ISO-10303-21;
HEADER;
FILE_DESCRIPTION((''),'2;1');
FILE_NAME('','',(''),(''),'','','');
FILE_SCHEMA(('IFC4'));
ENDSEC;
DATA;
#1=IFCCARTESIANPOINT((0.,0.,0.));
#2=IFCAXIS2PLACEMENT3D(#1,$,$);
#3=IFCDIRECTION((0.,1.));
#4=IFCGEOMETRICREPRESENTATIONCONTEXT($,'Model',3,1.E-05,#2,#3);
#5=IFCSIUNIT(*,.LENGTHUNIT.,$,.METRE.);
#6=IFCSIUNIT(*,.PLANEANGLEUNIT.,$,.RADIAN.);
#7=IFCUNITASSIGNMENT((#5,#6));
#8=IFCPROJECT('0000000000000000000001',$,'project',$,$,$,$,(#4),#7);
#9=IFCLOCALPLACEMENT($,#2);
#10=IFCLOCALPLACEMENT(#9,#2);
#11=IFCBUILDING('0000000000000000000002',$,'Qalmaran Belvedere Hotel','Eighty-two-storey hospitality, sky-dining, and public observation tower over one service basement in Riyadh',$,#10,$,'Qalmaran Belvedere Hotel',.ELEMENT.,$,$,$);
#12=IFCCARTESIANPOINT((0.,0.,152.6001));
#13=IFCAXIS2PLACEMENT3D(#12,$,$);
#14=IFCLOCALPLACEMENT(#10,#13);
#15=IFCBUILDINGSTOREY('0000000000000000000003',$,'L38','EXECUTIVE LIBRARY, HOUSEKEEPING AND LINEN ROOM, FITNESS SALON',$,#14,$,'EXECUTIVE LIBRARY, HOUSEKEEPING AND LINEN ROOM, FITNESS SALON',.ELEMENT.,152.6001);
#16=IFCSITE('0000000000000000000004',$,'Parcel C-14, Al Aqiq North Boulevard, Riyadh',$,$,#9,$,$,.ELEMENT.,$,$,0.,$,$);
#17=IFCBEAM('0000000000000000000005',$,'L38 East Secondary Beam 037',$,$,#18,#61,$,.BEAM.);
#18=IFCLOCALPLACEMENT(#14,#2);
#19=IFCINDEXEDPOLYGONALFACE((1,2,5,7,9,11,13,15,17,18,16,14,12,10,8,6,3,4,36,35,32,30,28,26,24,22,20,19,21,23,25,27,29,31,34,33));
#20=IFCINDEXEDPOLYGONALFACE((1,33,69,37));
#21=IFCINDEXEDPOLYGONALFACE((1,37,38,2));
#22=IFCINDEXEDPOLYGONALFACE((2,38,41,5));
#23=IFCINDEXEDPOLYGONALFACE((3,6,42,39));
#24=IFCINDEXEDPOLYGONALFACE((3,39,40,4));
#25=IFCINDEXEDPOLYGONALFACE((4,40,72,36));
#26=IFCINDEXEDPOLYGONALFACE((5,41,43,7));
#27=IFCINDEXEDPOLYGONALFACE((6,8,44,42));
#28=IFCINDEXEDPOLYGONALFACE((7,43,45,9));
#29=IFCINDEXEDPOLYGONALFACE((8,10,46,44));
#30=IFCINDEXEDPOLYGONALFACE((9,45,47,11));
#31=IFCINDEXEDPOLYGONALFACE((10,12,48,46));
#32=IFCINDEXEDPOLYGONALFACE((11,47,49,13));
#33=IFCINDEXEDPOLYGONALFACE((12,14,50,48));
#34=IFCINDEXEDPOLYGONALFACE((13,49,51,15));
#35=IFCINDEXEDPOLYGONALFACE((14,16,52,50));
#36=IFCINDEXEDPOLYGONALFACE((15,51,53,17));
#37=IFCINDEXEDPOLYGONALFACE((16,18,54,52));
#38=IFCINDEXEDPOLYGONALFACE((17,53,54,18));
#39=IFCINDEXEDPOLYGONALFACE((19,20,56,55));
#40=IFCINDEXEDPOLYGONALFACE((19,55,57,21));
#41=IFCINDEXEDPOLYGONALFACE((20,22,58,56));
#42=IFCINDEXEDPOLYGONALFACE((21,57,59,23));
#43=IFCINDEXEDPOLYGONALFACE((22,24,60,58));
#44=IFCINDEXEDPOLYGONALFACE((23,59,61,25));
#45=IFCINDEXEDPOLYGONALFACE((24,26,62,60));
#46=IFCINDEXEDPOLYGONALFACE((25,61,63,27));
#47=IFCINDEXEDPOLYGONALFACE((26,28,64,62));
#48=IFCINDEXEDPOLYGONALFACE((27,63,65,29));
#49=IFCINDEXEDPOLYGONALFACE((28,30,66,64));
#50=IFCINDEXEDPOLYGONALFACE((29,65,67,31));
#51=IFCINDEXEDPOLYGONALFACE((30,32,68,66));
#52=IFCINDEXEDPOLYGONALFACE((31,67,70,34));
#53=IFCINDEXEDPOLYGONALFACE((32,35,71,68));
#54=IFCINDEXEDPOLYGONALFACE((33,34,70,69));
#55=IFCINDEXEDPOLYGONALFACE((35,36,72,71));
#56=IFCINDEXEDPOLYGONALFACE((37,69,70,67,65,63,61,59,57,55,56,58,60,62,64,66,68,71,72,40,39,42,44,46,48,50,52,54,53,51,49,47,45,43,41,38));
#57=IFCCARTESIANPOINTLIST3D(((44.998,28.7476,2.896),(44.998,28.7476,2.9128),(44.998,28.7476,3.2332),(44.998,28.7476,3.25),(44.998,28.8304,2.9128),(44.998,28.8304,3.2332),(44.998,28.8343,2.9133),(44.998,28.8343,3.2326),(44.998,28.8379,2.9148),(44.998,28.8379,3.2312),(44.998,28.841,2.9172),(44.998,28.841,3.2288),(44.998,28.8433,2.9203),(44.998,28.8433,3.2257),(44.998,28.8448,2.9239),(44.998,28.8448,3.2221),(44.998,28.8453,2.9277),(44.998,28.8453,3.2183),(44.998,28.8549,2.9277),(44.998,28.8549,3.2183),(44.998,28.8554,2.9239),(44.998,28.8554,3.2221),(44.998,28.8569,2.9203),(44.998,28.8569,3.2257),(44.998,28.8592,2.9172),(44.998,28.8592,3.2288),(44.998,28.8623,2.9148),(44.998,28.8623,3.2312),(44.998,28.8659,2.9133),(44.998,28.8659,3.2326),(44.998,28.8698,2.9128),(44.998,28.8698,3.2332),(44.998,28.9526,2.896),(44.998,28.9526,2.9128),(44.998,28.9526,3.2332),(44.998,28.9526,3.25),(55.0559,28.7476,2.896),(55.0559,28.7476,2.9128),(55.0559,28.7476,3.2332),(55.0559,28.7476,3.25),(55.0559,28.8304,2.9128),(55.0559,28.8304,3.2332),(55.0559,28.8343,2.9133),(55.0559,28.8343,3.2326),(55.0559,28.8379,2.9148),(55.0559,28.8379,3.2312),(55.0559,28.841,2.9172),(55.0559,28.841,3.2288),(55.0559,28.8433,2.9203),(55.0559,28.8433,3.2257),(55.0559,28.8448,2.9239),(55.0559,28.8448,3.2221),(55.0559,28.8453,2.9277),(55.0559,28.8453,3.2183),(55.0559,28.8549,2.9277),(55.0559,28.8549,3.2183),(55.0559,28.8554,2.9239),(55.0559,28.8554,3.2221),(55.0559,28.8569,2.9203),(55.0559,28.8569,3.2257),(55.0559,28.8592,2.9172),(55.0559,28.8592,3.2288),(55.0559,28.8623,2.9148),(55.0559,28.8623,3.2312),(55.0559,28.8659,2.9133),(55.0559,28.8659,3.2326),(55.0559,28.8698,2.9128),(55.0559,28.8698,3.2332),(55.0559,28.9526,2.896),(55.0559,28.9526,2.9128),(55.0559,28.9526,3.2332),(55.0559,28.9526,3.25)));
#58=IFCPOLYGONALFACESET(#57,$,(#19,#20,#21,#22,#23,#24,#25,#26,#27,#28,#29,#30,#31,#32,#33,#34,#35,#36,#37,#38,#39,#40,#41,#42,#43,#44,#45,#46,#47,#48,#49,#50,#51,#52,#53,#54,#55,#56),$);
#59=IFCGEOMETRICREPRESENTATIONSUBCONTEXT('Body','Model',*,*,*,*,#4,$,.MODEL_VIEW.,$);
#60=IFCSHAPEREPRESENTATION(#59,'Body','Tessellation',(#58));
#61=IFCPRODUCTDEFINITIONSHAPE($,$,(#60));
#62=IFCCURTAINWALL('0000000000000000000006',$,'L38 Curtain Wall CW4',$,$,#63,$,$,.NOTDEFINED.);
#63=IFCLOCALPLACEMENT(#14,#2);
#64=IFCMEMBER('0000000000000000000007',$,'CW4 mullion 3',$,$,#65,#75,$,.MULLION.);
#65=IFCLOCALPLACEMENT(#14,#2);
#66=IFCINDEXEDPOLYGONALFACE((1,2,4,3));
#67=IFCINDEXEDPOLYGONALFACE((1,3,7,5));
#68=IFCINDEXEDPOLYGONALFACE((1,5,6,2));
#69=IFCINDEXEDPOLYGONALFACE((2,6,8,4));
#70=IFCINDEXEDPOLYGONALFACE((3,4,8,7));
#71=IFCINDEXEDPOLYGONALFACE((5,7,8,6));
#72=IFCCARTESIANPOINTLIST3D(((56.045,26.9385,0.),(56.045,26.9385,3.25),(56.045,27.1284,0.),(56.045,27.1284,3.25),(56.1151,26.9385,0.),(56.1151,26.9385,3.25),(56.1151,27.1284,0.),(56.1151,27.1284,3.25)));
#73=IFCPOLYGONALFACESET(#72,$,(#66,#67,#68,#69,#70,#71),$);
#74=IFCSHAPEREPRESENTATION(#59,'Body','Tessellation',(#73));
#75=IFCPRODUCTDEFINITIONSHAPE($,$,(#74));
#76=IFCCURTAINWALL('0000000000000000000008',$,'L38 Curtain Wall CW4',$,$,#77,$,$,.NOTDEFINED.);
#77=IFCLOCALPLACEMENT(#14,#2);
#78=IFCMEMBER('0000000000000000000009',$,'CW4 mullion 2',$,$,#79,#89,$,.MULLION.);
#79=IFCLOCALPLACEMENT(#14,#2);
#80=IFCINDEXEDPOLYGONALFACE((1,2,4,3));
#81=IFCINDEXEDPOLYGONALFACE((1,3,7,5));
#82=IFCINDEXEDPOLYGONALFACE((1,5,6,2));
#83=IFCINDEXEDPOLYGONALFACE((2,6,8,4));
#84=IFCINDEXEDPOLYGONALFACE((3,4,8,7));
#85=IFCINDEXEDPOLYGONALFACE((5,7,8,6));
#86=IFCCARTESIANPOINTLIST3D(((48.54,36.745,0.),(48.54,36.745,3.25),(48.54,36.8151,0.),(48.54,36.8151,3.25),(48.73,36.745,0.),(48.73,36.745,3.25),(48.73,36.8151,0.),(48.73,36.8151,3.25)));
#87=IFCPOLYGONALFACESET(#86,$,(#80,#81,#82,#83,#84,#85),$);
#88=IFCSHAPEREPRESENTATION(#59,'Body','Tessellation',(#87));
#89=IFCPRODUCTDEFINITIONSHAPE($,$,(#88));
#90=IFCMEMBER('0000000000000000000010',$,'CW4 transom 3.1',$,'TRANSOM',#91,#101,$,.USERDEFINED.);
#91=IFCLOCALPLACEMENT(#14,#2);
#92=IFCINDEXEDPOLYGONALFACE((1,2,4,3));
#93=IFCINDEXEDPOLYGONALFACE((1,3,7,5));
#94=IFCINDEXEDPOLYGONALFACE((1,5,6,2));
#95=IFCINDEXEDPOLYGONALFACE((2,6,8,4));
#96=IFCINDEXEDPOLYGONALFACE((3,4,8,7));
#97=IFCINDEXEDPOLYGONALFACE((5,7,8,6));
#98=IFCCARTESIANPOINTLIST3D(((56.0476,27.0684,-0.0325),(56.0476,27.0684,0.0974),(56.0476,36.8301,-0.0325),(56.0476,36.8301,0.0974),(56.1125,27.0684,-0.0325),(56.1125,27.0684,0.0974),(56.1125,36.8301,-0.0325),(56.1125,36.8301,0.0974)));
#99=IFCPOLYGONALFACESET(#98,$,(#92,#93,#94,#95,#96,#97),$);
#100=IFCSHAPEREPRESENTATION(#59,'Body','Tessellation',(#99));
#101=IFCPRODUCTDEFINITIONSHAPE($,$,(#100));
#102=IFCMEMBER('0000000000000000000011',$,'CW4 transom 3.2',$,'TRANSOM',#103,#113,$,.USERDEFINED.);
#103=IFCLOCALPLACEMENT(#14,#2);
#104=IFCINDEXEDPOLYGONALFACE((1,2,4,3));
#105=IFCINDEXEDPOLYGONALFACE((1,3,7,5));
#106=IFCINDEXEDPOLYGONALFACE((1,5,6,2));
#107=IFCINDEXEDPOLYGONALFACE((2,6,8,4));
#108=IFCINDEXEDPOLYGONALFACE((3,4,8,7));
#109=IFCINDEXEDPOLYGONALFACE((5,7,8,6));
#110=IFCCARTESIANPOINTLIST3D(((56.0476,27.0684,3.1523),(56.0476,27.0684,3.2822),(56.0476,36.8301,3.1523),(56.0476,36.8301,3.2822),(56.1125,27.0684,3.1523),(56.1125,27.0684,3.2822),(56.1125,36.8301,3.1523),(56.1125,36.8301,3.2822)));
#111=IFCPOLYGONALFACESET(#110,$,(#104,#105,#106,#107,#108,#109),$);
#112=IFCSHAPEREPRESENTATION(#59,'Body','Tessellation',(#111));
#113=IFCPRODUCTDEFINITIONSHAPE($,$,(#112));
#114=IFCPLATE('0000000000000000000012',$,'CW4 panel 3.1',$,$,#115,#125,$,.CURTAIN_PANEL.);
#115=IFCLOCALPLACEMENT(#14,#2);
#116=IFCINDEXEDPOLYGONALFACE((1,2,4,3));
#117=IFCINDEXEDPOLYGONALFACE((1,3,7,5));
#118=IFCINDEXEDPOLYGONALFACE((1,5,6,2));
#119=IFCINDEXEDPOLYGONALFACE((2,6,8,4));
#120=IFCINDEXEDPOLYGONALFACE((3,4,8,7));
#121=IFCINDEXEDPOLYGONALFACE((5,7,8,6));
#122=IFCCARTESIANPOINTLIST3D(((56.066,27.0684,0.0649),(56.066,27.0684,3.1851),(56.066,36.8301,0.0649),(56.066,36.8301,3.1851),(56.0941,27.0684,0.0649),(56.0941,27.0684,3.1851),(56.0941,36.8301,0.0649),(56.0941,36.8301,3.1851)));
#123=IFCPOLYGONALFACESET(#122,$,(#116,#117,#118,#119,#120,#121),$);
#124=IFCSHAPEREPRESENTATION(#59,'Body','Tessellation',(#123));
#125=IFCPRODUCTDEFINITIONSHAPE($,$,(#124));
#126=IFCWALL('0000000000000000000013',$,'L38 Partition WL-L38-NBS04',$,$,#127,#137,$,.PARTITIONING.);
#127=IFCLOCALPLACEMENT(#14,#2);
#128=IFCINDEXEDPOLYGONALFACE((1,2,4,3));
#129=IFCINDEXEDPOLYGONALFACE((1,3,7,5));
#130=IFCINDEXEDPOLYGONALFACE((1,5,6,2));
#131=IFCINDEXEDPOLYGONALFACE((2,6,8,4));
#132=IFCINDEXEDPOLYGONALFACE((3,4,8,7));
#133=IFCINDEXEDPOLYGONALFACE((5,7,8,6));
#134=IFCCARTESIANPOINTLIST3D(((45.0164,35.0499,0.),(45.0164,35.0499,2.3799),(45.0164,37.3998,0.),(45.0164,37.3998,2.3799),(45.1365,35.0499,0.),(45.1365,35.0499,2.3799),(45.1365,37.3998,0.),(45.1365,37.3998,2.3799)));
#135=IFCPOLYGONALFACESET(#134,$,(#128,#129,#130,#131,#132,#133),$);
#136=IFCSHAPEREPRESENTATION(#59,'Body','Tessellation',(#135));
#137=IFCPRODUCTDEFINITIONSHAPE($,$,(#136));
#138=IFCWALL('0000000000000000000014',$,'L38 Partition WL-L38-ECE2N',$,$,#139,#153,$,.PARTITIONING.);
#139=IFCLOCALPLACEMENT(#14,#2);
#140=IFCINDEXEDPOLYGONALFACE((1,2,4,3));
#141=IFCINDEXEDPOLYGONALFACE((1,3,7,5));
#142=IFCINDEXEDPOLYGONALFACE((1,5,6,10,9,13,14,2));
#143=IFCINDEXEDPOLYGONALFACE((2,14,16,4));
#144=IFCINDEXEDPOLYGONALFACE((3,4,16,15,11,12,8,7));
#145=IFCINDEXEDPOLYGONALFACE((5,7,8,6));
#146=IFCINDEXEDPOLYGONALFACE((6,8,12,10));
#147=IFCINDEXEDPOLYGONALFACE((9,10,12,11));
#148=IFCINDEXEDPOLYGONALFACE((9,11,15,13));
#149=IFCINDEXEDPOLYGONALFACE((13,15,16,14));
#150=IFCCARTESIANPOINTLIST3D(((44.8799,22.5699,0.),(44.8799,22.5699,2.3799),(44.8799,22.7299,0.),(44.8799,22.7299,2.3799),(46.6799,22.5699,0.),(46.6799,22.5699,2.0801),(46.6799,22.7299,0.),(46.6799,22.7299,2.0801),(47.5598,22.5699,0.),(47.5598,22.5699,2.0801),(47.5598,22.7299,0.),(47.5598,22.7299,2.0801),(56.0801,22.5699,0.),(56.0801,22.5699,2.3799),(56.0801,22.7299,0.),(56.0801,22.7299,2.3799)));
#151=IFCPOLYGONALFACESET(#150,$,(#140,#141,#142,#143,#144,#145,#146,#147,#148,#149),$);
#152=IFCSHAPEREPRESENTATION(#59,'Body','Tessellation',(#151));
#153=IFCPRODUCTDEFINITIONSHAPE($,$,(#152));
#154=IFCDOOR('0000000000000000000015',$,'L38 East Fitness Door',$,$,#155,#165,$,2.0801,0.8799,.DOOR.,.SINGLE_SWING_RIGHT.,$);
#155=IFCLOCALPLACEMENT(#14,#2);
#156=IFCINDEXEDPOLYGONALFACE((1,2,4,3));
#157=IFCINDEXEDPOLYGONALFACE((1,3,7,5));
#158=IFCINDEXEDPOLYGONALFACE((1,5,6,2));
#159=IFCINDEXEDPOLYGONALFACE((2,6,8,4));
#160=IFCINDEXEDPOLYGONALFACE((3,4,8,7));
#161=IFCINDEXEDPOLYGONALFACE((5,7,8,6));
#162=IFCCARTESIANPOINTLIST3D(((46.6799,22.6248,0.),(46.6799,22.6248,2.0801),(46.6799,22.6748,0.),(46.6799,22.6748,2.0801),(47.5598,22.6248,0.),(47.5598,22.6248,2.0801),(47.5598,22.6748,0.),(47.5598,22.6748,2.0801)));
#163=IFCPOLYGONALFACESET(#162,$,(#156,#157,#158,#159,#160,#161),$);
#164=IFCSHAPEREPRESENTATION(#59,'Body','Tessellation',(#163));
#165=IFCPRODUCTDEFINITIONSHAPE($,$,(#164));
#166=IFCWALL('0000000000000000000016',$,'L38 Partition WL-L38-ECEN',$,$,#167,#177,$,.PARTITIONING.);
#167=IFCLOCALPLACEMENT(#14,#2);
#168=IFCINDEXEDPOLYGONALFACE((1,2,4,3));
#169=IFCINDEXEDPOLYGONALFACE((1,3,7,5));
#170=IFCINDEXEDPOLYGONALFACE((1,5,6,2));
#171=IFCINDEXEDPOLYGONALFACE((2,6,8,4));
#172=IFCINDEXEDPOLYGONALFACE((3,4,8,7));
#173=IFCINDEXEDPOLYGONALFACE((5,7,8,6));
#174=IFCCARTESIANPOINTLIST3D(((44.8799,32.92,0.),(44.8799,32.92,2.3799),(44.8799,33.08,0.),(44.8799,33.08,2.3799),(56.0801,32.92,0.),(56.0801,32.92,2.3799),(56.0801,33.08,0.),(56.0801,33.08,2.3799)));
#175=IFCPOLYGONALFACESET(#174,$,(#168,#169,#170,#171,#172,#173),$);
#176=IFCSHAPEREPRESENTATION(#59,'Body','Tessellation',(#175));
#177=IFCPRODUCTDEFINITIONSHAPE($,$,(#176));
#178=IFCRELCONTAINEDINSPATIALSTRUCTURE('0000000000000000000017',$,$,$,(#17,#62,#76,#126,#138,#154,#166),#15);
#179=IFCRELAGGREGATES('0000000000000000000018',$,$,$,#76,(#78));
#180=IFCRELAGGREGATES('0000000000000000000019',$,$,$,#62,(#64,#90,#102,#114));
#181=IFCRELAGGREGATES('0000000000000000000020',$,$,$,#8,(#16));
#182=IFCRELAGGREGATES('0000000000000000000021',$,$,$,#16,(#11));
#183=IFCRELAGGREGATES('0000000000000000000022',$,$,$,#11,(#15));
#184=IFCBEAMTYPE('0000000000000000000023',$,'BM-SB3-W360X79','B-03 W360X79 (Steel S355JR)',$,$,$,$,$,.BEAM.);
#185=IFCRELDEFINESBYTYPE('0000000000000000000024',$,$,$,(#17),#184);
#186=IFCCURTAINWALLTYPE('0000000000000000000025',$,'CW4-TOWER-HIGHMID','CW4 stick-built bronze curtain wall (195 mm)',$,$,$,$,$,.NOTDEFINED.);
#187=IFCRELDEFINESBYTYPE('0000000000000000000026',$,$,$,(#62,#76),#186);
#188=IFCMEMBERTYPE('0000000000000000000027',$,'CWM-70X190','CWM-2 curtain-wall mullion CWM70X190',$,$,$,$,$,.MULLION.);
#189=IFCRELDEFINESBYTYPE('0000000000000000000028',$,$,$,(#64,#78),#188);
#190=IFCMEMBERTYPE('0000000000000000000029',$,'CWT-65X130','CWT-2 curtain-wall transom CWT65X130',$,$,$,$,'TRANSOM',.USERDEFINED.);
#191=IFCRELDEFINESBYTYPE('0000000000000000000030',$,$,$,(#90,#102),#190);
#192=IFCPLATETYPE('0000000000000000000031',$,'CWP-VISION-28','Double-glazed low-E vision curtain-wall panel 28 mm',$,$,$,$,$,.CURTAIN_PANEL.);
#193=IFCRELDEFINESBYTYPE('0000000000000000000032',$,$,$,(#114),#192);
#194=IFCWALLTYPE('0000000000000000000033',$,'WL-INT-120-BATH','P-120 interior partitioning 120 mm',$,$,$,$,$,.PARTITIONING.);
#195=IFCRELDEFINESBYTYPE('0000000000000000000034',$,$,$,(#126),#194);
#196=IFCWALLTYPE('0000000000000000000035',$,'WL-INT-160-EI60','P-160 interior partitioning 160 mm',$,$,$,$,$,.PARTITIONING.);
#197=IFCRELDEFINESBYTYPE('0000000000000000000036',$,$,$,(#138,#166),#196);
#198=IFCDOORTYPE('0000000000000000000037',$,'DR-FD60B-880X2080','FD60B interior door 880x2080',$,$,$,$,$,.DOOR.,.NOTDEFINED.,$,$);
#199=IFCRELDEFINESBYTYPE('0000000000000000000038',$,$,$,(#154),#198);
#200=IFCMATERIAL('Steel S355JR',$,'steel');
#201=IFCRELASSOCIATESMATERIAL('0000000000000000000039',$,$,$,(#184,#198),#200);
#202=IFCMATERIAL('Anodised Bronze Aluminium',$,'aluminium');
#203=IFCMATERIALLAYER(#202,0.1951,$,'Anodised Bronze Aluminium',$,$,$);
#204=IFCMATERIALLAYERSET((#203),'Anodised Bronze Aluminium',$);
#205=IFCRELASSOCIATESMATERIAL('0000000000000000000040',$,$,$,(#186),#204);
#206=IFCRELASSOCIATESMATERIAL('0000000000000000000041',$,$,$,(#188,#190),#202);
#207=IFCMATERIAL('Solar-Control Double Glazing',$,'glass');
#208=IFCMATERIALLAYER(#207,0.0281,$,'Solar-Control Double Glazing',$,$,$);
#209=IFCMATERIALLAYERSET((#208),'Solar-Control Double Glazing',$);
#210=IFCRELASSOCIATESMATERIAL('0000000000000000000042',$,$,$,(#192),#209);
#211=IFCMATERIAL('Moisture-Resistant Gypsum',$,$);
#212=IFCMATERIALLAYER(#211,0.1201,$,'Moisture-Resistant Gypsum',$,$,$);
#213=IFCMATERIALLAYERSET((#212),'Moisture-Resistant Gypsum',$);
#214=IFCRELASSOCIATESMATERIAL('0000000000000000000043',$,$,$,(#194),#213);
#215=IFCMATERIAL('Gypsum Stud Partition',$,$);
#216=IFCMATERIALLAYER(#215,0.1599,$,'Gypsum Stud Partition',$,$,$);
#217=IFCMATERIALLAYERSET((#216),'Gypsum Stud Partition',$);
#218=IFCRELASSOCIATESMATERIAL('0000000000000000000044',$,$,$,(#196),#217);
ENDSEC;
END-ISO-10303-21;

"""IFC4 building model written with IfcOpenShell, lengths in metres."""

from ifc_helpers import new_model, si_unit, direction, frame, frame_2d, origin, origin_2d, place, context, subcontext, project, spatial, rectangle, i_section, extrude, material, layer, layer_set, material_profile, profile_set, type_object, element, fill, aggregate, save


model = new_model("IFC4")

# Units and contexts
model_context = context("Model", 3, precision=1e-05, world=origin(), true_north=direction((0.0, 1.0)))
body_context = subcontext(model_context, "Body", "Model", "MODEL_VIEW")
ifc_project = project(units=[si_unit("LENGTHUNIT", "METRE"), si_unit("PLANEANGLEUNIT", "RADIAN")], contexts=[model_context])

# Site, building, storey
site_placement = place(None, origin())
site = spatial("IfcSite", under=ifc_project, at=site_placement, Name="Parcel C-14, Al Aqiq North Boulevard, Riyadh", CompositionType="ELEMENT", RefElevation=0.0)
building_placement = place(site_placement, origin())
building = spatial("IfcBuilding", under=site, at=building_placement, Name="Qalmaran Belvedere Hotel", Description="Eighty-two-storey hospitality, sky-dining, and public observation tower over one service basement in Riyadh", LongName="Qalmaran Belvedere Hotel", CompositionType="ELEMENT")
storey_placement = place(building_placement, frame((0.0, 0.0, 152.6001)))
storey = spatial("IfcBuildingStorey", under=building, at=storey_placement, Name="L38", Description="EXECUTIVE LIBRARY, HOUSEKEEPING AND LINEN ROOM, FITNESS SALON", LongName="EXECUTIVE LIBRARY, HOUSEKEEPING AND LINEN ROOM, FITNESS SALON", CompositionType="ELEMENT", Elevation=152.6001)

# Beam
ifc_material_1 = material(Name="Steel S355JR", Category="steel")
ifc_material_profile_1 = material_profile(ifc_material_1, i_section(OverallWidth=0.2051, OverallDepth=0.354, WebThickness=0.0095, FlangeThickness=0.0168, FilletRadius=0.0149, at=origin_2d()), Name="W360X79")
ifc_profile_set_1 = profile_set([ifc_material_profile_1], Name="Steel S355JR")
beam_type_1 = type_object("IfcBeamType", Name="BM-SB3-W360X79", Description="B-03 W360X79 (Steel S355JR)", PredefinedType="BEAM", material=ifc_profile_set_1)
for number, where, z_axis, x_axis, name in (
    (1, (44.998, 28.8501, 3.073), (1.0, 0.0, 0.0), (0.0, 1.0, 0.0), "L38 East Secondary Beam 037"),
):
    element("IfcBeam", number, at=place(storey_placement, frame(where, z_axis=z_axis, x_axis=x_axis)), inside=storey, type_object=beam_type_1, Name=name, PredefinedType="BEAM", context=body_context, shape_type="SweptSolid", body=[
        extrude(i_section(OverallWidth=0.2051, OverallDepth=0.354, WebThickness=0.0095, FlangeThickness=0.0168, FilletRadius=0.0149, at=origin_2d()), origin(), (0.0, 0.0, 1.0), 10.0579),
    ])

# Curtain walls, members
ifc_material_2 = material(Name="Anodised Bronze Aluminium", Category="aluminium")
ifc_layer_1 = layer(ifc_material_2, 0.1951, Name="Anodised Bronze Aluminium")
ifc_layer_set_1 = layer_set([ifc_layer_1], Name="Anodised Bronze Aluminium")
curtain_wall_type = type_object("IfcCurtainWallType", Name="CW4-TOWER-HIGHMID", Description="CW4 stick-built bronze curtain wall (195 mm)", PredefinedType="NOTDEFINED", material=ifc_layer_set_1)
curtain_wall_1_placement = place(storey_placement, origin())
curtain_wall_1 = element("IfcCurtainWall", 2, at=curtain_wall_1_placement, inside=storey, type_object=curtain_wall_type, Name="L38 Curtain Wall CW4", PredefinedType="NOTDEFINED")
ifc_material_profile_2 = material_profile(ifc_material_2, rectangle(XDim=0.0701, YDim=0.1899, at=origin_2d()), Name="CWM70X190")
ifc_profile_set_2 = profile_set([ifc_material_profile_2], Name="Anodised Bronze Aluminium")
member_type_1 = type_object("IfcMemberType", Name="CWM-70X190", Description="CWM-2 curtain-wall mullion CWM70X190", PredefinedType="MULLION", material=ifc_profile_set_2)
member_1_placement = place(storey_placement, frame((56.0801, 27.0334, 0.0), z_axis=(0.0, 0.0, 1.0), x_axis=(-1.0, 0.0, 0.0)))
member_1 = element("IfcMember", 3, at=member_1_placement, type_object=member_type_1, Name="CW4 mullion 3", PredefinedType="MULLION", context=body_context, shape_type="SweptSolid", body=[
    extrude(rectangle(XDim=0.0701, YDim=0.1899, at=origin_2d()), origin(), (0.0, 0.0, 1.0), 3.25),
])
curtain_wall_2_placement = place(storey_placement, origin())
curtain_wall_2 = element("IfcCurtainWall", 4, at=curtain_wall_2_placement, inside=storey, type_object=curtain_wall_type, Name="L38 Curtain Wall CW4", PredefinedType="NOTDEFINED")
member_2_placement = place(storey_placement, frame((48.635, 36.78, 0.0), z_axis=(0.0, 0.0, 1.0), x_axis=(0.0, -1.0, 0.0)))
member_2 = element("IfcMember", 5, at=member_2_placement, type_object=member_type_1, Name="CW4 mullion 2", PredefinedType="MULLION", context=body_context, shape_type="SweptSolid", body=[
    extrude(rectangle(XDim=0.0701, YDim=0.1899, at=origin_2d()), origin(), (0.0, 0.0, 1.0), 3.25),
])
aggregate(curtain_wall_2, [member_2])

# Members
ifc_material_profile_3 = material_profile(ifc_material_2, rectangle(XDim=0.0649, YDim=0.1299, at=origin_2d()), Name="CWT65X130")
ifc_profile_set_3 = profile_set([ifc_material_profile_3], Name="Anodised Bronze Aluminium")
member_type_2 = type_object("IfcMemberType", Name="CWT-65X130", Description="CWT-2 curtain-wall transom CWT65X130", ElementType="TRANSOM", PredefinedType="USERDEFINED", material=ifc_profile_set_3)
member_3_placement = place(storey_placement, frame((56.0801, 27.0684, 0.0325), z_axis=(0.0, 1.0, 0.0), x_axis=(-1.0, 0.0, 0.0)))
member_3 = element("IfcMember", 6, at=member_3_placement, type_object=member_type_2, Name="CW4 transom 3.1", ObjectType="TRANSOM", PredefinedType="USERDEFINED", context=body_context, shape_type="SweptSolid", body=[
    extrude(rectangle(XDim=0.0649, YDim=0.1299, at=origin_2d()), origin(), (0.0, 0.0, 1.0), 9.7617),
])
member_4_placement = place(storey_placement, frame((56.0801, 27.0684, 3.2173), z_axis=(0.0, 1.0, 0.0), x_axis=(-1.0, 0.0, 0.0)))
member_4 = element("IfcMember", 7, at=member_4_placement, type_object=member_type_2, Name="CW4 transom 3.2", ObjectType="TRANSOM", PredefinedType="USERDEFINED", context=body_context, shape_type="SweptSolid", body=[
    extrude(rectangle(XDim=0.0649, YDim=0.1299, at=origin_2d()), origin(), (0.0, 0.0, 1.0), 9.7617),
])

# Plate
ifc_material_3 = material(Name="Solar-Control Double Glazing", Category="glass")
ifc_layer_2 = layer(ifc_material_3, 0.0281, Name="Solar-Control Double Glazing")
ifc_layer_set_2 = layer_set([ifc_layer_2], Name="Solar-Control Double Glazing")
plate_type = type_object("IfcPlateType", Name="CWP-VISION-28", Description="Double-glazed low-E vision curtain-wall panel 28 mm", PredefinedType="CURTAIN_PANEL", material=ifc_layer_set_2)
plate_placement = place(storey_placement, frame((56.0801, 31.9492, 0.0649), z_axis=(0.0, 0.0, 1.0), x_axis=(0.0, 1.0, 0.0)))
plate = element("IfcPlate", 8, at=plate_placement, type_object=plate_type, Name="CW4 panel 3.1", PredefinedType="CURTAIN_PANEL", context=body_context, shape_type="SweptSolid", body=[
    extrude(rectangle(XDim=9.7617, YDim=0.0281, at=origin_2d()), origin(), (0.0, 0.0, 1.0), 3.1201),
])
aggregate(curtain_wall_1, [member_1, member_3, member_4, plate])

# Wall
ifc_material_4 = material(Name="Moisture-Resistant Gypsum")
ifc_layer_3 = layer(ifc_material_4, 0.1201, Name="Moisture-Resistant Gypsum")
ifc_layer_set_3 = layer_set([ifc_layer_3], Name="Moisture-Resistant Gypsum")
wall_type_1 = type_object("IfcWallType", Name="WL-INT-120-BATH", Description="P-120 interior partitioning 120 mm", PredefinedType="PARTITIONING", material=ifc_layer_set_3)
wall_1_placement = place(storey_placement, frame((45.0764, 35.05, 0.0), z_axis=(0.0, 0.0, 1.0), x_axis=(0.0, 1.0, 0.0)))
element("IfcWall", 9, at=wall_1_placement, inside=storey, type_object=wall_type_1, Name="L38 Partition WL-L38-NBS04", PredefinedType="PARTITIONING", context=body_context, shape_type="SweptSolid", body=[
    extrude(rectangle(XDim=2.3499, YDim=0.1201, at=frame_2d((1.1748, 0.0))), origin(), (0.0, 0.0, 1.0), 2.3799),
])

# Wall, opening, door
ifc_material_5 = material(Name="Gypsum Stud Partition")
ifc_layer_4 = layer(ifc_material_5, 0.1599, Name="Gypsum Stud Partition")
ifc_layer_set_4 = layer_set([ifc_layer_4], Name="Gypsum Stud Partition")
wall_type_2 = type_object("IfcWallType", Name="WL-INT-160-EI60", Description="P-160 interior partitioning 160 mm", PredefinedType="PARTITIONING", material=ifc_layer_set_4)
wall_2_placement = place(storey_placement, frame((44.8799, 22.6499, 0.0), z_axis=(0.0, 0.0, 1.0), x_axis=(1.0, 0.0, 0.0)))
wall_2 = element("IfcWall", 10, at=wall_2_placement, inside=storey, type_object=wall_type_2, Name="L38 Partition WL-L38-ECE2N", PredefinedType="PARTITIONING", context=body_context, shape_type="SweptSolid", body=[
    extrude(rectangle(XDim=11.2002, YDim=0.1599, at=frame_2d((5.6001, 0.0))), origin(), (0.0, 0.0, 1.0), 2.3799),
])
opening_1_placement = place(wall_2_placement, frame((1.8, 0.0, 0.0)))
opening_1 = element("IfcOpeningElement", 11, at=opening_1_placement, cuts=wall_2, PredefinedType="OPENING", context=body_context, shape_type="SweptSolid", body=[
    extrude(rectangle(XDim=0.8799, YDim=2.0801, at=frame_2d((0.4399, 1.04))), frame((0.0, 0.0898, 0.0), z_axis=(0.0, -1.0, 0.0), x_axis=(1.0, 0.0, 0.0)), (0.0, 0.0, 1.0), 0.1799),
])
door_type_1 = type_object("IfcDoorType", Name="DR-FD60B-880X2080", Description="FD60B interior door 880x2080", OperationType="NOTDEFINED", PredefinedType="DOOR", material=ifc_material_1)
door_1_placement = place(opening_1_placement, origin())
door_1 = element("IfcDoor", 12, at=door_1_placement, inside=storey, type_object=door_type_1, Name="L38 East Fitness Door", OperationType="SINGLE_SWING_RIGHT", OverallHeight=2.0801, OverallWidth=0.8799, PredefinedType="DOOR", context=body_context, shape_type="SweptSolid", body=[
    extrude(rectangle(XDim=0.8799, YDim=2.0801, at=frame_2d((0.4399, 1.04))), frame((0.0, 0.0249, 0.0), z_axis=(0.0, -1.0, 0.0), x_axis=(1.0, 0.0, 0.0)), (0.0, 0.0, 1.0), 0.05),
])
fill(opening_1, door_1)

# Wall
wall_3_placement = place(storey_placement, frame((44.8799, 33.0, 0.0), z_axis=(0.0, 0.0, 1.0), x_axis=(1.0, 0.0, 0.0)))
element("IfcWall", 13, at=wall_3_placement, inside=storey, type_object=wall_type_2, Name="L38 Partition WL-L38-ECEN", PredefinedType="PARTITIONING", context=body_context, shape_type="SweptSolid", body=[
    extrude(rectangle(XDim=11.2002, YDim=0.1599, at=frame_2d((5.6001, 0.0))), origin(), (0.0, 0.0, 1.0), 2.3799),
])

save(model, "model.ifc")
